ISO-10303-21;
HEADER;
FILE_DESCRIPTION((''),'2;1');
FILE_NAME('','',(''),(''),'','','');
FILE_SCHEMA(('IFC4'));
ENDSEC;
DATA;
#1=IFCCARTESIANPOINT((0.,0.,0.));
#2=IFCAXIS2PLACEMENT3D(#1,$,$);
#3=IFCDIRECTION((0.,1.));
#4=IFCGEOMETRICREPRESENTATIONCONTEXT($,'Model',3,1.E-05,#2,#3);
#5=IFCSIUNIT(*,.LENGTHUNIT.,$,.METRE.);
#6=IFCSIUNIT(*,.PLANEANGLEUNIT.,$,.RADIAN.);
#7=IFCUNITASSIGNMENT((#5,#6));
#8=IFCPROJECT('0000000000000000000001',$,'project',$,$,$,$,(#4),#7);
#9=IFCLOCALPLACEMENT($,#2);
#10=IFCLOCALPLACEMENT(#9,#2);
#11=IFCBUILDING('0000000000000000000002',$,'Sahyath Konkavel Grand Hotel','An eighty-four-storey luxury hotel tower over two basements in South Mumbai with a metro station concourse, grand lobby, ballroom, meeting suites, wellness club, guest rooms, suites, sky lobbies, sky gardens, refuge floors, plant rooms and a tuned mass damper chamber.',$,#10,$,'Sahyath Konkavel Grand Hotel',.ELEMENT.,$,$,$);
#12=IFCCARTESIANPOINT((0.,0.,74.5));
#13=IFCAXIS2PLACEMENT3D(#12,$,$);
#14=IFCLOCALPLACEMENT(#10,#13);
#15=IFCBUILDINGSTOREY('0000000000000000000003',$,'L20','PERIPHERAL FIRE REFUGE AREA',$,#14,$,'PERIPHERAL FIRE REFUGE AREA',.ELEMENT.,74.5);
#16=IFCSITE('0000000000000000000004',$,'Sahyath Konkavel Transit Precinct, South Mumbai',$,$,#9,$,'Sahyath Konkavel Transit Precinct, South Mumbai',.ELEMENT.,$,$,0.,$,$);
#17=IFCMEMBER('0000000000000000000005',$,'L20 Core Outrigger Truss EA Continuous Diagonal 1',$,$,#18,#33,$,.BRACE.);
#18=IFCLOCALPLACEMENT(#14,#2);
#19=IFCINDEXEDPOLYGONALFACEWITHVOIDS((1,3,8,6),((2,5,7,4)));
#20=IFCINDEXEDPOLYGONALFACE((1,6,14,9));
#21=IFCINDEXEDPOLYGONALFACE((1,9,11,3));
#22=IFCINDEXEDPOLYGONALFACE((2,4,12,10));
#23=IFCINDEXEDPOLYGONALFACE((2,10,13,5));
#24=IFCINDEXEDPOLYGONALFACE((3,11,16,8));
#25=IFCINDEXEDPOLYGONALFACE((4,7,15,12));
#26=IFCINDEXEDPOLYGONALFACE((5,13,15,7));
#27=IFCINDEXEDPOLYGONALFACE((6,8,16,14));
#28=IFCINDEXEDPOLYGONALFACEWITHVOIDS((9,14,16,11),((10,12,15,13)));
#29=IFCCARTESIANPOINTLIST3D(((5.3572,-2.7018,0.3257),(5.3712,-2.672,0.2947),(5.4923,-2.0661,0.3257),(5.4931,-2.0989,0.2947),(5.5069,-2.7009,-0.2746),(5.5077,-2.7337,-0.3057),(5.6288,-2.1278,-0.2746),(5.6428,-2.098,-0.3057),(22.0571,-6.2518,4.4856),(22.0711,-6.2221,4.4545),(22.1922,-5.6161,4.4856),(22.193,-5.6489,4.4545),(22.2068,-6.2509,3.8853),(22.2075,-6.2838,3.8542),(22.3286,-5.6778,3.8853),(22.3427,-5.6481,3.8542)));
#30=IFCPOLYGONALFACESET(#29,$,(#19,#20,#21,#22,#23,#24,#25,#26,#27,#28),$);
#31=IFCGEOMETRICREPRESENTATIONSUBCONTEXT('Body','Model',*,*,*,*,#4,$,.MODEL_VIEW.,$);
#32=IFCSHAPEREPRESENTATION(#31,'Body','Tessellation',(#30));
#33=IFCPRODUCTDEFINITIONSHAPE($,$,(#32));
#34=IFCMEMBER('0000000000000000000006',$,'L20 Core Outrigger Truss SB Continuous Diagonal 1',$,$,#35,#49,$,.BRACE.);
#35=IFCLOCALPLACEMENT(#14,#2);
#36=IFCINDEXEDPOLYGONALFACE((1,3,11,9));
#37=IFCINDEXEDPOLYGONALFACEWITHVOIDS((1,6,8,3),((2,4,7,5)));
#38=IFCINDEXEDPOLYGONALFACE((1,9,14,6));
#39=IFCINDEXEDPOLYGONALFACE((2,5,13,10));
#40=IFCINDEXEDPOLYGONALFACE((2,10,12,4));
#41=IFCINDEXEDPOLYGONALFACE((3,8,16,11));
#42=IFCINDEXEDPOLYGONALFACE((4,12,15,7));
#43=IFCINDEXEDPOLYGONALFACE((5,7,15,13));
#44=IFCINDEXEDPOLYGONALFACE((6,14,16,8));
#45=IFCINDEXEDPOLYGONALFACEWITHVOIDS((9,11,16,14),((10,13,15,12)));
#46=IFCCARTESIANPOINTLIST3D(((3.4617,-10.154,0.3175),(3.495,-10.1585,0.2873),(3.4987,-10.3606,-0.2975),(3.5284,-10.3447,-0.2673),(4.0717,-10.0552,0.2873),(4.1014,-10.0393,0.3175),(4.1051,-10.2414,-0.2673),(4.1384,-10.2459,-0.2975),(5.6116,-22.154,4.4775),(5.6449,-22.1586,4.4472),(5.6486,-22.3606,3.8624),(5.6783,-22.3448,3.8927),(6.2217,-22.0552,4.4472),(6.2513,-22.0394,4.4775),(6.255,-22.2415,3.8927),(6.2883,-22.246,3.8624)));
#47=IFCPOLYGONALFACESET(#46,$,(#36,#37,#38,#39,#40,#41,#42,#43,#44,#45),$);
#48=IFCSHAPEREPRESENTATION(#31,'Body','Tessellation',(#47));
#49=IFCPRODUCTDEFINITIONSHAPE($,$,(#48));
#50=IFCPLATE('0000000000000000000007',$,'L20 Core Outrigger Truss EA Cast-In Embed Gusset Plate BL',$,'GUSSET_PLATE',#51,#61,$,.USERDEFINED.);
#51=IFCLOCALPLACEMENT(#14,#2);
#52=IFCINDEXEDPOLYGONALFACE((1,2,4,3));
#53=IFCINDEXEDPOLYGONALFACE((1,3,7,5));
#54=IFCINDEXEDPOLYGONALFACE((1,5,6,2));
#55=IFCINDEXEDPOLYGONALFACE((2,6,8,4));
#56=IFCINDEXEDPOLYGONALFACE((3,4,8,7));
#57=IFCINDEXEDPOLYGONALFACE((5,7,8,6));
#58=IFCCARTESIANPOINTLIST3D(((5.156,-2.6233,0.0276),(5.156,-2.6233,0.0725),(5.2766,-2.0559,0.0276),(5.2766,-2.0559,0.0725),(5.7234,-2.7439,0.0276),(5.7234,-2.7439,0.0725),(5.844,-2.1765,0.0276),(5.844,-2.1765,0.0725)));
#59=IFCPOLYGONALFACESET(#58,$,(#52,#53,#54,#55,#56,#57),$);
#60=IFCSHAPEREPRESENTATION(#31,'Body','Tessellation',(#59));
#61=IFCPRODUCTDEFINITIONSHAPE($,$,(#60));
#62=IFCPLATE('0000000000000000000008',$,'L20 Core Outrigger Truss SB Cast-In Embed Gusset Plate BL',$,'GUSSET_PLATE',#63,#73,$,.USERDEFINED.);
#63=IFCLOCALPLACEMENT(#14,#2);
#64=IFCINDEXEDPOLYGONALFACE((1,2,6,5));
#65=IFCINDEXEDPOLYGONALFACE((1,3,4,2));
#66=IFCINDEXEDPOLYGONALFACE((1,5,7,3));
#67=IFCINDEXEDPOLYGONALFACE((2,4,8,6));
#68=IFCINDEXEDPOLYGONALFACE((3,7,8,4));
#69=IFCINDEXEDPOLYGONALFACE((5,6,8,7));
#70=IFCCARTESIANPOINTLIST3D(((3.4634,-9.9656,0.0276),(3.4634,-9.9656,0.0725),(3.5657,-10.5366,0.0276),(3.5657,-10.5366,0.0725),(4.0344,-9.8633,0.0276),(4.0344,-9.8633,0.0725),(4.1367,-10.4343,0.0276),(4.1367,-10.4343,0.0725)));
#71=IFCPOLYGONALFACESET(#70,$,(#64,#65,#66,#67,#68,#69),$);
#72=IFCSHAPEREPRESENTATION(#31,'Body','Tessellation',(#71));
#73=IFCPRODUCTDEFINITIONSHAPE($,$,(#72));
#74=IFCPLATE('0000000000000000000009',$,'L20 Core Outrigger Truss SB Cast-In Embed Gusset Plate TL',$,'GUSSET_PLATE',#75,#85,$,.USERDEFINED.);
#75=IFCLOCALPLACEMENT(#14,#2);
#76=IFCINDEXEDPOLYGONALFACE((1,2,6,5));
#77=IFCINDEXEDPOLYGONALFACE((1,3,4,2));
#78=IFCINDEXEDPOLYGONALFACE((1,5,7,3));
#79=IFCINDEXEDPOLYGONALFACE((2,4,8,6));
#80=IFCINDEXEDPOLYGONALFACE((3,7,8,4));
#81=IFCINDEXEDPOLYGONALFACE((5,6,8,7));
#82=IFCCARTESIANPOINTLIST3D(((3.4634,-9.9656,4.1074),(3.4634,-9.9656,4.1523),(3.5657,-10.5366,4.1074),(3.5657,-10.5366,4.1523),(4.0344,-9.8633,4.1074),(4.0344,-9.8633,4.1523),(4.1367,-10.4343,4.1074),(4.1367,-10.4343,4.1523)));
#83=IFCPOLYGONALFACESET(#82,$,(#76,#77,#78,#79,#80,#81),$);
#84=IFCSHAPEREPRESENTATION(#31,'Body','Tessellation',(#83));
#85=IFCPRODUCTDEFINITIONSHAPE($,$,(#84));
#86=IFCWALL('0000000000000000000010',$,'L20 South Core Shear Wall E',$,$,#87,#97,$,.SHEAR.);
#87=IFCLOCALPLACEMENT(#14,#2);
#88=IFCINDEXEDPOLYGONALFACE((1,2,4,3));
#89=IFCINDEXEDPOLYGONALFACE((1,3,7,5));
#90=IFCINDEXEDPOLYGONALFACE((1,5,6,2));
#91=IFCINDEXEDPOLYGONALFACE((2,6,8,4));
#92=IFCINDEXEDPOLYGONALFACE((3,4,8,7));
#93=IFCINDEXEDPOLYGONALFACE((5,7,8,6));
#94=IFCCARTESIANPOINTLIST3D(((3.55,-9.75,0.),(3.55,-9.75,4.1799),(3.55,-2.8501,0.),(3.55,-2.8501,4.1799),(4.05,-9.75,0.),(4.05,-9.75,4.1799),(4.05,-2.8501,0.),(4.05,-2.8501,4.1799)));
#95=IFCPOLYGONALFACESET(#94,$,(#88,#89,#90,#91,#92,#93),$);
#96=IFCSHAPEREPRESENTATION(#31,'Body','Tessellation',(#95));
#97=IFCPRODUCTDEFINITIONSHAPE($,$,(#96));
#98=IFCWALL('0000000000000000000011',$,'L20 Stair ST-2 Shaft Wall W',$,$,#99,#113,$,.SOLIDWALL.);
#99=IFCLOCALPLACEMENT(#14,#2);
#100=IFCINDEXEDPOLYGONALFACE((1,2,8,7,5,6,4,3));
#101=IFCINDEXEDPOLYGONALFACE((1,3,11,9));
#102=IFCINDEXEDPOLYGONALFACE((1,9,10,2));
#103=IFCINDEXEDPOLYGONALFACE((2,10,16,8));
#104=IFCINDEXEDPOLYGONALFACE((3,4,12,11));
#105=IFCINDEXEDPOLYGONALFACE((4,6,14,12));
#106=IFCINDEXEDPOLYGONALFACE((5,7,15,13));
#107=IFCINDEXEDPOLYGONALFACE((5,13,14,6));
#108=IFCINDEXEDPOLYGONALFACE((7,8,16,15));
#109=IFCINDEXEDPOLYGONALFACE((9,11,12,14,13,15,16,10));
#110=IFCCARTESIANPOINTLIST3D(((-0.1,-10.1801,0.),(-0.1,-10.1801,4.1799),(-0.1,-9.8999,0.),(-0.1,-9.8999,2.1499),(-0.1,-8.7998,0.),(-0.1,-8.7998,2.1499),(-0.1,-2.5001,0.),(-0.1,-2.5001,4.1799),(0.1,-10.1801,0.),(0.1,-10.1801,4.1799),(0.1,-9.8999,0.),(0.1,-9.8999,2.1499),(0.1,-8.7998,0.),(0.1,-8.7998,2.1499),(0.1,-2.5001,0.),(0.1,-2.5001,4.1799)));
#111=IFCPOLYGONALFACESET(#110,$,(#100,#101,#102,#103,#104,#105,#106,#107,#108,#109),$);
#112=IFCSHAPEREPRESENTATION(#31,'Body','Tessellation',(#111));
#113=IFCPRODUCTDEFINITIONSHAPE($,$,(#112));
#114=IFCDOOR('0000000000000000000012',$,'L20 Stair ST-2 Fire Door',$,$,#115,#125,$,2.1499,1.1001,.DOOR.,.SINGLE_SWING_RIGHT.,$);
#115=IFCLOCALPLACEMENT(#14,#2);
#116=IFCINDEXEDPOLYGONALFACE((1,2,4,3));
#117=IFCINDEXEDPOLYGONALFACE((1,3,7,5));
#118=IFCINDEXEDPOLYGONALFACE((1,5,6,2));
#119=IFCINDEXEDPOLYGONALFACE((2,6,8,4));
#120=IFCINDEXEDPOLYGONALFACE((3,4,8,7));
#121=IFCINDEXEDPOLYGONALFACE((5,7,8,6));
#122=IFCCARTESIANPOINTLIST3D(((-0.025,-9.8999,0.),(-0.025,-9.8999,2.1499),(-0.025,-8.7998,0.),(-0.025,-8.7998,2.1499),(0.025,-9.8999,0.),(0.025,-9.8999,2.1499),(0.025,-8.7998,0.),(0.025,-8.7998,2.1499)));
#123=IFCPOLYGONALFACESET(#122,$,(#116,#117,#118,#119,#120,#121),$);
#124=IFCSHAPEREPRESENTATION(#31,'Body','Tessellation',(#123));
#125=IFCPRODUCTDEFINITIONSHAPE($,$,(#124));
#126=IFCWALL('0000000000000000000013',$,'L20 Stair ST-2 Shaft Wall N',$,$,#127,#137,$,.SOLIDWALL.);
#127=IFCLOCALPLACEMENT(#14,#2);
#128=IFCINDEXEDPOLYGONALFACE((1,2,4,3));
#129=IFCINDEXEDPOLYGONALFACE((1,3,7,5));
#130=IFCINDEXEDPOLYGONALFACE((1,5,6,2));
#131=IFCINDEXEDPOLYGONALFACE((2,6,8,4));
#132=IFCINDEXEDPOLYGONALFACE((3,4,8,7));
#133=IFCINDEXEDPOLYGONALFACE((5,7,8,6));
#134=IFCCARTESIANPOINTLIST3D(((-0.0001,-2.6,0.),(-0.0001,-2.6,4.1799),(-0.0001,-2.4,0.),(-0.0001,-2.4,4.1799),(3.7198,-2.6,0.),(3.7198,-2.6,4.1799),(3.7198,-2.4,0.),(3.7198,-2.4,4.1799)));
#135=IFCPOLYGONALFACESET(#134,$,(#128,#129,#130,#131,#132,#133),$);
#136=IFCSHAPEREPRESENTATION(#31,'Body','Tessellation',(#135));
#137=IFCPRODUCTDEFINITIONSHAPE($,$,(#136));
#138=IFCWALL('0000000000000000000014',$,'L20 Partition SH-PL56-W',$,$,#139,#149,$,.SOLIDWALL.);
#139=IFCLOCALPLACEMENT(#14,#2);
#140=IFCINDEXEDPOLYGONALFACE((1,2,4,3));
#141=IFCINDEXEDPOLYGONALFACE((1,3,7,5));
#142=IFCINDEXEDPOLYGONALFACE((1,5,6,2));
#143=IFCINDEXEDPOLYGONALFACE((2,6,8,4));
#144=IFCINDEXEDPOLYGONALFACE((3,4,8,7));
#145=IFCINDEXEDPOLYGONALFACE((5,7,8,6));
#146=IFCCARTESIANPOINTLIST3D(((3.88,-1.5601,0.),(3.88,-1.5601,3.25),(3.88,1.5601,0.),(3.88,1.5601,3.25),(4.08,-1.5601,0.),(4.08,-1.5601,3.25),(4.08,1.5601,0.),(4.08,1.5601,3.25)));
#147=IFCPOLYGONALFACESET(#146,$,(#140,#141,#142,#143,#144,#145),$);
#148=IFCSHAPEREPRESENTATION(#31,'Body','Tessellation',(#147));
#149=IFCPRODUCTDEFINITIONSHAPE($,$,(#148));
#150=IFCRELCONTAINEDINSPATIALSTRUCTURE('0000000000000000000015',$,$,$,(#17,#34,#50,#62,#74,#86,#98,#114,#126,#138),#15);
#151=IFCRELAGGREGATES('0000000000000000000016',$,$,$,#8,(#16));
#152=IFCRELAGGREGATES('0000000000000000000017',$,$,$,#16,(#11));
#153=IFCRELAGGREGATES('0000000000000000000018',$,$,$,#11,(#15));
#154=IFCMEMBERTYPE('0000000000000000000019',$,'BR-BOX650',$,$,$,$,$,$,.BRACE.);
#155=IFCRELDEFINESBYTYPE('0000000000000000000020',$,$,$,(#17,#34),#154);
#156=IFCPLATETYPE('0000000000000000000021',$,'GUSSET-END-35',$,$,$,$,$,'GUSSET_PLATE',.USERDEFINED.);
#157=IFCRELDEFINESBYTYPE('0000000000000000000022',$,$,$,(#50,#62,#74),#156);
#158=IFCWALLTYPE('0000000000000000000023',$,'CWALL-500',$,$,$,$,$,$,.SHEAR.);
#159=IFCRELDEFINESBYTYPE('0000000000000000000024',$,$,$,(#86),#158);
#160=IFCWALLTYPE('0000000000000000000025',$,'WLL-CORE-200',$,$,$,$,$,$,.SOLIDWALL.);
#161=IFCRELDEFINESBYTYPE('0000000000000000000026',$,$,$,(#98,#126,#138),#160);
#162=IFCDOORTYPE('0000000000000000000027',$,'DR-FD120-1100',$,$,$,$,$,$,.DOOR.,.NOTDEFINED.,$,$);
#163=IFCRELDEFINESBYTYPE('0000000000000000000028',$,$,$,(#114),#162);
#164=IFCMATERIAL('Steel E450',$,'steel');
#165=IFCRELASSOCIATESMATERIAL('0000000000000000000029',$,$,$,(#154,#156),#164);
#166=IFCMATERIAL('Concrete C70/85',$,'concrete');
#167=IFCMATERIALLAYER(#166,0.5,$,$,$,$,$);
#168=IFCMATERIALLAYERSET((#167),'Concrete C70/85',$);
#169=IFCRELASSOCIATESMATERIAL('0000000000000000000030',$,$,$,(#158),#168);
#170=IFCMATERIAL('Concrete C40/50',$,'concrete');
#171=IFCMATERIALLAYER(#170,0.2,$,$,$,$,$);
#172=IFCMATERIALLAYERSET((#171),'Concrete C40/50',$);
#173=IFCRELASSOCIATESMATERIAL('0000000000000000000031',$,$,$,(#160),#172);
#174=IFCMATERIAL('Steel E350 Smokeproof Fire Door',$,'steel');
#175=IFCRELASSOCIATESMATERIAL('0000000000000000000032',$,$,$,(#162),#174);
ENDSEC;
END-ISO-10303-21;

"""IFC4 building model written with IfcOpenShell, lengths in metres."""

from ifc_helpers import new_model, si_unit, direction, frame, frame_2d, origin, origin_2d, place, context, subcontext, project, spatial, rectangle, hollow_rectangle, extrude, source, transform, mapped, material, layer, layer_set, material_profile, profile_set, type_object, element, fill, save


model = new_model("IFC4")

# Units and contexts
model_context = context("Model", 3, precision=1e-05, world=origin(), true_north=direction((0.0, 1.0)))
body_context = subcontext(model_context, "Body", "Model", "MODEL_VIEW")
ifc_project = project(units=[si_unit("LENGTHUNIT", "METRE"), si_unit("PLANEANGLEUNIT", "RADIAN")], contexts=[model_context])

# Site, building, storey
site_placement = place(None, origin())
site = spatial("IfcSite", under=ifc_project, at=site_placement, Name="Sahyath Konkavel Transit Precinct, South Mumbai", LongName="Sahyath Konkavel Transit Precinct, South Mumbai", CompositionType="ELEMENT", RefElevation=0.0)
building_placement = place(site_placement, origin())
building = spatial("IfcBuilding", under=site, at=building_placement, Name="Sahyath Konkavel Grand Hotel", Description="An eighty-four-storey luxury hotel tower over two basements in South Mumbai with a metro station concourse, grand lobby, ballroom, meeting suites, wellness club, guest rooms, suites, sky lobbies, sky gardens, refuge floors, plant rooms and a tuned mass damper chamber.", LongName="Sahyath Konkavel Grand Hotel", CompositionType="ELEMENT")
storey_placement = place(building_placement, frame((0.0, 0.0, 74.5)))
storey = spatial("IfcBuildingStorey", under=building, at=storey_placement, Name="L20", Description="PERIPHERAL FIRE REFUGE AREA", LongName="PERIPHERAL FIRE REFUGE AREA", CompositionType="ELEMENT", Elevation=74.5)

# Shared definitions
ifc_material_1 = material(Name="Concrete C70/85", Category="concrete")

# Shared definitions
ifc_material_2 = material(Name="Steel E450", Category="steel")

# Members
ifc_material_profile_1 = material_profile(ifc_material_2, hollow_rectangle(XDim=0.6499, YDim=0.6499, WallThickness=0.032, at=origin_2d()), Name="BOX 650x650x32")
ifc_profile_set_1 = profile_set([ifc_material_profile_1], Name="Steel E450")
member_type = type_object("IfcMemberType", Name="BR-BOX650", PredefinedType="BRACE", material=ifc_profile_set_1)
shared_shape_1 = source(origin(), body_context, "Body", "SweptSolid", [
    extrude(hollow_rectangle(XDim=0.6499, YDim=0.6499, WallThickness=0.032, at=origin_2d()), origin(), (0.0, 0.0, 1.0), 17.5725),
])
member_1_placement = place(storey_placement, frame((5.5, -2.3999, 0.01), z_axis=(0.950341, -0.202022, 0.236727), x_axis=(0.207932, 0.978143, 0.0)))
element("IfcMember", 1, at=member_1_placement, inside=storey, type_object=member_type, Name="L20 Core Outrigger Truss EA Continuous Diagonal 1", PredefinedType="BRACE", context=body_context, shape_type="MappedRepresentation", body=[
    mapped(shared_shape_1, transform((0.0, 0.0, 0.0), scale=1.0)),
])
shared_shape_2 = source(origin(), body_context, "Body", "SweptSolid", [
    extrude(hollow_rectangle(XDim=0.6499, YDim=0.6499, WallThickness=0.032, at=origin_2d()), origin(), (0.0, 0.0, 1.0), 12.8813),
])
member_2_placement = place(storey_placement, frame((3.8, -10.2, 0.01), z_axis=(0.166902, -0.931586, 0.322943), x_axis=(0.984327, 0.176351, 0.0)))
element("IfcMember", 2, at=member_2_placement, inside=storey, type_object=member_type, Name="L20 Core Outrigger Truss SB Continuous Diagonal 1", PredefinedType="BRACE", context=body_context, shape_type="MappedRepresentation", body=[
    mapped(shared_shape_2, transform((0.0, 0.0, 0.0), scale=1.0)),
])

# Plates
plate_type = type_object("IfcPlateType", Name="GUSSET-END-35", ElementType="GUSSET_PLATE", PredefinedType="USERDEFINED", material=ifc_material_2)
shared_shape_3 = source(origin(), body_context, "Body", "SweptSolid", [
    extrude(rectangle(XDim=0.5801, YDim=0.5801, at=origin_2d()), origin(), (0.0, 0.0, 1.0), 0.0449),
])
for number, where, z_axis, x_axis, name in (
    (3, (5.5, -2.3999, 0.0276), (0.0, 0.0, 1.0), (0.978144, -0.207929, 0.0), "L20 Core Outrigger Truss EA Cast-In Embed Gusset Plate BL"),
    (4, (3.8, -10.2, 0.0276), (0.0, 0.0, 1.0), (0.176363, -0.984325, 0.0), "L20 Core Outrigger Truss SB Cast-In Embed Gusset Plate BL"),
    (5, (3.8, -10.2, 4.1074), (0.0, 0.0, 1.0), (0.176363, -0.984325, 0.0), "L20 Core Outrigger Truss SB Cast-In Embed Gusset Plate TL"),
):
    element("IfcPlate", number, at=place(storey_placement, frame(where, z_axis=z_axis, x_axis=x_axis)), inside=storey, type_object=plate_type, Name=name, ObjectType="GUSSET_PLATE", PredefinedType="USERDEFINED", context=body_context, shape_type="MappedRepresentation", body=[
        mapped(shared_shape_3, transform((0.0, 0.0, 0.0), scale=1.0)),
    ])

# Wall
ifc_layer_1 = layer(ifc_material_1, 0.5)
ifc_layer_set_1 = layer_set([ifc_layer_1], Name="Concrete C70/85")
wall_type_1 = type_object("IfcWallType", Name="CWALL-500", PredefinedType="SHEAR", material=ifc_layer_set_1)
wall_1_placement = place(storey_placement, frame((3.8, -9.75, 0.0), z_axis=(0.0, 0.0, 1.0), x_axis=(0.0, 1.0, 0.0)))
element("IfcWall", 6, at=wall_1_placement, inside=storey, type_object=wall_type_1, Name="L20 South Core Shear Wall E", PredefinedType="SHEAR", context=body_context, shape_type="SweptSolid", body=[
    extrude(rectangle(XDim=6.8999, YDim=0.5, at=frame_2d((3.45, 0.0))), origin(), (0.0, 0.0, 1.0), 4.1799),
])

# Wall, opening, door
ifc_material_3 = material(Name="Concrete C40/50", Category="concrete")
ifc_layer_2 = layer(ifc_material_3, 0.2)
ifc_layer_set_2 = layer_set([ifc_layer_2], Name="Concrete C40/50")
wall_type_2 = type_object("IfcWallType", Name="WLL-CORE-200", PredefinedType="SOLIDWALL", material=ifc_layer_set_2)
wall_2_placement = place(storey_placement, frame((0.0, -10.1799, 0.0), z_axis=(0.0, 0.0, 1.0), x_axis=(0.0, 1.0, 0.0)))
wall_2 = element("IfcWall", 7, at=wall_2_placement, inside=storey, type_object=wall_type_2, Name="L20 Stair ST-2 Shaft Wall W", PredefinedType="SOLIDWALL", context=body_context, shape_type="SweptSolid", body=[
    extrude(rectangle(XDim=7.6799, YDim=0.2, at=frame_2d((3.8398, 0.0))), origin(), (0.0, 0.0, 1.0), 4.1799),
])
opening_placement = place(wall_2_placement, frame((0.28, 0.0, 0.0)))
opening = element("IfcOpeningElement", 8, at=opening_placement, cuts=wall_2, PredefinedType="OPENING", context=body_context, shape_type="SweptSolid", body=[
    extrude(rectangle(XDim=1.1001, YDim=2.1499, at=frame_2d((0.55, 1.075))), frame((0.0, 0.1099, 0.0), z_axis=(0.0, -1.0, 0.0), x_axis=(1.0, 0.0, 0.0)), (0.0, 0.0, 1.0), 0.22),
])
ifc_material_4 = material(Name="Steel E350 Smokeproof Fire Door", Category="steel")
door_type = type_object("IfcDoorType", Name="DR-FD120-1100", OperationType="NOTDEFINED", PredefinedType="DOOR", material=ifc_material_4)
shared_shape_4 = source(origin(), body_context, "Body", "SweptSolid", [
    extrude(rectangle(XDim=1.1001, YDim=0.05, at=origin_2d()), origin(), (0.0, 0.0, 1.0), 2.1499),
])
door_placement = place(opening_placement, frame((0.55, 0.0, 0.0)))
door = element("IfcDoor", 9, at=door_placement, inside=storey, type_object=door_type, Name="L20 Stair ST-2 Fire Door", OperationType="SINGLE_SWING_RIGHT", OverallHeight=2.1499, OverallWidth=1.1001, PredefinedType="DOOR", context=body_context, shape_type="MappedRepresentation", body=[
    mapped(shared_shape_4, transform((0.0, 0.0, 0.0), scale=1.0)),
])
fill(opening, door)

# Walls
wall_3_placement = place(storey_placement, frame((0.0, -2.5, 0.0), z_axis=(0.0, 0.0, 1.0), x_axis=(1.0, 0.0, 0.0)))
element("IfcWall", 10, at=wall_3_placement, inside=storey, type_object=wall_type_2, Name="L20 Stair ST-2 Shaft Wall N", PredefinedType="SOLIDWALL", context=body_context, shape_type="SweptSolid", body=[
    extrude(rectangle(XDim=3.72, YDim=0.2, at=frame_2d((1.8599, 0.0))), origin(), (0.0, 0.0, 1.0), 4.1799),
])
wall_4_placement = place(storey_placement, frame((3.98, -1.5601, 0.0), z_axis=(0.0, 0.0, 1.0), x_axis=(0.0, 1.0, 0.0)))
element("IfcWall", 11, at=wall_4_placement, inside=storey, type_object=wall_type_2, Name="L20 Partition SH-PL56-W", PredefinedType="SOLIDWALL", context=body_context, shape_type="SweptSolid", body=[
    extrude(rectangle(XDim=3.1201, YDim=0.2, at=frame_2d((1.5601, 0.0))), origin(), (0.0, 0.0, 1.0), 3.25),
])

save(model, "model.ifc")
